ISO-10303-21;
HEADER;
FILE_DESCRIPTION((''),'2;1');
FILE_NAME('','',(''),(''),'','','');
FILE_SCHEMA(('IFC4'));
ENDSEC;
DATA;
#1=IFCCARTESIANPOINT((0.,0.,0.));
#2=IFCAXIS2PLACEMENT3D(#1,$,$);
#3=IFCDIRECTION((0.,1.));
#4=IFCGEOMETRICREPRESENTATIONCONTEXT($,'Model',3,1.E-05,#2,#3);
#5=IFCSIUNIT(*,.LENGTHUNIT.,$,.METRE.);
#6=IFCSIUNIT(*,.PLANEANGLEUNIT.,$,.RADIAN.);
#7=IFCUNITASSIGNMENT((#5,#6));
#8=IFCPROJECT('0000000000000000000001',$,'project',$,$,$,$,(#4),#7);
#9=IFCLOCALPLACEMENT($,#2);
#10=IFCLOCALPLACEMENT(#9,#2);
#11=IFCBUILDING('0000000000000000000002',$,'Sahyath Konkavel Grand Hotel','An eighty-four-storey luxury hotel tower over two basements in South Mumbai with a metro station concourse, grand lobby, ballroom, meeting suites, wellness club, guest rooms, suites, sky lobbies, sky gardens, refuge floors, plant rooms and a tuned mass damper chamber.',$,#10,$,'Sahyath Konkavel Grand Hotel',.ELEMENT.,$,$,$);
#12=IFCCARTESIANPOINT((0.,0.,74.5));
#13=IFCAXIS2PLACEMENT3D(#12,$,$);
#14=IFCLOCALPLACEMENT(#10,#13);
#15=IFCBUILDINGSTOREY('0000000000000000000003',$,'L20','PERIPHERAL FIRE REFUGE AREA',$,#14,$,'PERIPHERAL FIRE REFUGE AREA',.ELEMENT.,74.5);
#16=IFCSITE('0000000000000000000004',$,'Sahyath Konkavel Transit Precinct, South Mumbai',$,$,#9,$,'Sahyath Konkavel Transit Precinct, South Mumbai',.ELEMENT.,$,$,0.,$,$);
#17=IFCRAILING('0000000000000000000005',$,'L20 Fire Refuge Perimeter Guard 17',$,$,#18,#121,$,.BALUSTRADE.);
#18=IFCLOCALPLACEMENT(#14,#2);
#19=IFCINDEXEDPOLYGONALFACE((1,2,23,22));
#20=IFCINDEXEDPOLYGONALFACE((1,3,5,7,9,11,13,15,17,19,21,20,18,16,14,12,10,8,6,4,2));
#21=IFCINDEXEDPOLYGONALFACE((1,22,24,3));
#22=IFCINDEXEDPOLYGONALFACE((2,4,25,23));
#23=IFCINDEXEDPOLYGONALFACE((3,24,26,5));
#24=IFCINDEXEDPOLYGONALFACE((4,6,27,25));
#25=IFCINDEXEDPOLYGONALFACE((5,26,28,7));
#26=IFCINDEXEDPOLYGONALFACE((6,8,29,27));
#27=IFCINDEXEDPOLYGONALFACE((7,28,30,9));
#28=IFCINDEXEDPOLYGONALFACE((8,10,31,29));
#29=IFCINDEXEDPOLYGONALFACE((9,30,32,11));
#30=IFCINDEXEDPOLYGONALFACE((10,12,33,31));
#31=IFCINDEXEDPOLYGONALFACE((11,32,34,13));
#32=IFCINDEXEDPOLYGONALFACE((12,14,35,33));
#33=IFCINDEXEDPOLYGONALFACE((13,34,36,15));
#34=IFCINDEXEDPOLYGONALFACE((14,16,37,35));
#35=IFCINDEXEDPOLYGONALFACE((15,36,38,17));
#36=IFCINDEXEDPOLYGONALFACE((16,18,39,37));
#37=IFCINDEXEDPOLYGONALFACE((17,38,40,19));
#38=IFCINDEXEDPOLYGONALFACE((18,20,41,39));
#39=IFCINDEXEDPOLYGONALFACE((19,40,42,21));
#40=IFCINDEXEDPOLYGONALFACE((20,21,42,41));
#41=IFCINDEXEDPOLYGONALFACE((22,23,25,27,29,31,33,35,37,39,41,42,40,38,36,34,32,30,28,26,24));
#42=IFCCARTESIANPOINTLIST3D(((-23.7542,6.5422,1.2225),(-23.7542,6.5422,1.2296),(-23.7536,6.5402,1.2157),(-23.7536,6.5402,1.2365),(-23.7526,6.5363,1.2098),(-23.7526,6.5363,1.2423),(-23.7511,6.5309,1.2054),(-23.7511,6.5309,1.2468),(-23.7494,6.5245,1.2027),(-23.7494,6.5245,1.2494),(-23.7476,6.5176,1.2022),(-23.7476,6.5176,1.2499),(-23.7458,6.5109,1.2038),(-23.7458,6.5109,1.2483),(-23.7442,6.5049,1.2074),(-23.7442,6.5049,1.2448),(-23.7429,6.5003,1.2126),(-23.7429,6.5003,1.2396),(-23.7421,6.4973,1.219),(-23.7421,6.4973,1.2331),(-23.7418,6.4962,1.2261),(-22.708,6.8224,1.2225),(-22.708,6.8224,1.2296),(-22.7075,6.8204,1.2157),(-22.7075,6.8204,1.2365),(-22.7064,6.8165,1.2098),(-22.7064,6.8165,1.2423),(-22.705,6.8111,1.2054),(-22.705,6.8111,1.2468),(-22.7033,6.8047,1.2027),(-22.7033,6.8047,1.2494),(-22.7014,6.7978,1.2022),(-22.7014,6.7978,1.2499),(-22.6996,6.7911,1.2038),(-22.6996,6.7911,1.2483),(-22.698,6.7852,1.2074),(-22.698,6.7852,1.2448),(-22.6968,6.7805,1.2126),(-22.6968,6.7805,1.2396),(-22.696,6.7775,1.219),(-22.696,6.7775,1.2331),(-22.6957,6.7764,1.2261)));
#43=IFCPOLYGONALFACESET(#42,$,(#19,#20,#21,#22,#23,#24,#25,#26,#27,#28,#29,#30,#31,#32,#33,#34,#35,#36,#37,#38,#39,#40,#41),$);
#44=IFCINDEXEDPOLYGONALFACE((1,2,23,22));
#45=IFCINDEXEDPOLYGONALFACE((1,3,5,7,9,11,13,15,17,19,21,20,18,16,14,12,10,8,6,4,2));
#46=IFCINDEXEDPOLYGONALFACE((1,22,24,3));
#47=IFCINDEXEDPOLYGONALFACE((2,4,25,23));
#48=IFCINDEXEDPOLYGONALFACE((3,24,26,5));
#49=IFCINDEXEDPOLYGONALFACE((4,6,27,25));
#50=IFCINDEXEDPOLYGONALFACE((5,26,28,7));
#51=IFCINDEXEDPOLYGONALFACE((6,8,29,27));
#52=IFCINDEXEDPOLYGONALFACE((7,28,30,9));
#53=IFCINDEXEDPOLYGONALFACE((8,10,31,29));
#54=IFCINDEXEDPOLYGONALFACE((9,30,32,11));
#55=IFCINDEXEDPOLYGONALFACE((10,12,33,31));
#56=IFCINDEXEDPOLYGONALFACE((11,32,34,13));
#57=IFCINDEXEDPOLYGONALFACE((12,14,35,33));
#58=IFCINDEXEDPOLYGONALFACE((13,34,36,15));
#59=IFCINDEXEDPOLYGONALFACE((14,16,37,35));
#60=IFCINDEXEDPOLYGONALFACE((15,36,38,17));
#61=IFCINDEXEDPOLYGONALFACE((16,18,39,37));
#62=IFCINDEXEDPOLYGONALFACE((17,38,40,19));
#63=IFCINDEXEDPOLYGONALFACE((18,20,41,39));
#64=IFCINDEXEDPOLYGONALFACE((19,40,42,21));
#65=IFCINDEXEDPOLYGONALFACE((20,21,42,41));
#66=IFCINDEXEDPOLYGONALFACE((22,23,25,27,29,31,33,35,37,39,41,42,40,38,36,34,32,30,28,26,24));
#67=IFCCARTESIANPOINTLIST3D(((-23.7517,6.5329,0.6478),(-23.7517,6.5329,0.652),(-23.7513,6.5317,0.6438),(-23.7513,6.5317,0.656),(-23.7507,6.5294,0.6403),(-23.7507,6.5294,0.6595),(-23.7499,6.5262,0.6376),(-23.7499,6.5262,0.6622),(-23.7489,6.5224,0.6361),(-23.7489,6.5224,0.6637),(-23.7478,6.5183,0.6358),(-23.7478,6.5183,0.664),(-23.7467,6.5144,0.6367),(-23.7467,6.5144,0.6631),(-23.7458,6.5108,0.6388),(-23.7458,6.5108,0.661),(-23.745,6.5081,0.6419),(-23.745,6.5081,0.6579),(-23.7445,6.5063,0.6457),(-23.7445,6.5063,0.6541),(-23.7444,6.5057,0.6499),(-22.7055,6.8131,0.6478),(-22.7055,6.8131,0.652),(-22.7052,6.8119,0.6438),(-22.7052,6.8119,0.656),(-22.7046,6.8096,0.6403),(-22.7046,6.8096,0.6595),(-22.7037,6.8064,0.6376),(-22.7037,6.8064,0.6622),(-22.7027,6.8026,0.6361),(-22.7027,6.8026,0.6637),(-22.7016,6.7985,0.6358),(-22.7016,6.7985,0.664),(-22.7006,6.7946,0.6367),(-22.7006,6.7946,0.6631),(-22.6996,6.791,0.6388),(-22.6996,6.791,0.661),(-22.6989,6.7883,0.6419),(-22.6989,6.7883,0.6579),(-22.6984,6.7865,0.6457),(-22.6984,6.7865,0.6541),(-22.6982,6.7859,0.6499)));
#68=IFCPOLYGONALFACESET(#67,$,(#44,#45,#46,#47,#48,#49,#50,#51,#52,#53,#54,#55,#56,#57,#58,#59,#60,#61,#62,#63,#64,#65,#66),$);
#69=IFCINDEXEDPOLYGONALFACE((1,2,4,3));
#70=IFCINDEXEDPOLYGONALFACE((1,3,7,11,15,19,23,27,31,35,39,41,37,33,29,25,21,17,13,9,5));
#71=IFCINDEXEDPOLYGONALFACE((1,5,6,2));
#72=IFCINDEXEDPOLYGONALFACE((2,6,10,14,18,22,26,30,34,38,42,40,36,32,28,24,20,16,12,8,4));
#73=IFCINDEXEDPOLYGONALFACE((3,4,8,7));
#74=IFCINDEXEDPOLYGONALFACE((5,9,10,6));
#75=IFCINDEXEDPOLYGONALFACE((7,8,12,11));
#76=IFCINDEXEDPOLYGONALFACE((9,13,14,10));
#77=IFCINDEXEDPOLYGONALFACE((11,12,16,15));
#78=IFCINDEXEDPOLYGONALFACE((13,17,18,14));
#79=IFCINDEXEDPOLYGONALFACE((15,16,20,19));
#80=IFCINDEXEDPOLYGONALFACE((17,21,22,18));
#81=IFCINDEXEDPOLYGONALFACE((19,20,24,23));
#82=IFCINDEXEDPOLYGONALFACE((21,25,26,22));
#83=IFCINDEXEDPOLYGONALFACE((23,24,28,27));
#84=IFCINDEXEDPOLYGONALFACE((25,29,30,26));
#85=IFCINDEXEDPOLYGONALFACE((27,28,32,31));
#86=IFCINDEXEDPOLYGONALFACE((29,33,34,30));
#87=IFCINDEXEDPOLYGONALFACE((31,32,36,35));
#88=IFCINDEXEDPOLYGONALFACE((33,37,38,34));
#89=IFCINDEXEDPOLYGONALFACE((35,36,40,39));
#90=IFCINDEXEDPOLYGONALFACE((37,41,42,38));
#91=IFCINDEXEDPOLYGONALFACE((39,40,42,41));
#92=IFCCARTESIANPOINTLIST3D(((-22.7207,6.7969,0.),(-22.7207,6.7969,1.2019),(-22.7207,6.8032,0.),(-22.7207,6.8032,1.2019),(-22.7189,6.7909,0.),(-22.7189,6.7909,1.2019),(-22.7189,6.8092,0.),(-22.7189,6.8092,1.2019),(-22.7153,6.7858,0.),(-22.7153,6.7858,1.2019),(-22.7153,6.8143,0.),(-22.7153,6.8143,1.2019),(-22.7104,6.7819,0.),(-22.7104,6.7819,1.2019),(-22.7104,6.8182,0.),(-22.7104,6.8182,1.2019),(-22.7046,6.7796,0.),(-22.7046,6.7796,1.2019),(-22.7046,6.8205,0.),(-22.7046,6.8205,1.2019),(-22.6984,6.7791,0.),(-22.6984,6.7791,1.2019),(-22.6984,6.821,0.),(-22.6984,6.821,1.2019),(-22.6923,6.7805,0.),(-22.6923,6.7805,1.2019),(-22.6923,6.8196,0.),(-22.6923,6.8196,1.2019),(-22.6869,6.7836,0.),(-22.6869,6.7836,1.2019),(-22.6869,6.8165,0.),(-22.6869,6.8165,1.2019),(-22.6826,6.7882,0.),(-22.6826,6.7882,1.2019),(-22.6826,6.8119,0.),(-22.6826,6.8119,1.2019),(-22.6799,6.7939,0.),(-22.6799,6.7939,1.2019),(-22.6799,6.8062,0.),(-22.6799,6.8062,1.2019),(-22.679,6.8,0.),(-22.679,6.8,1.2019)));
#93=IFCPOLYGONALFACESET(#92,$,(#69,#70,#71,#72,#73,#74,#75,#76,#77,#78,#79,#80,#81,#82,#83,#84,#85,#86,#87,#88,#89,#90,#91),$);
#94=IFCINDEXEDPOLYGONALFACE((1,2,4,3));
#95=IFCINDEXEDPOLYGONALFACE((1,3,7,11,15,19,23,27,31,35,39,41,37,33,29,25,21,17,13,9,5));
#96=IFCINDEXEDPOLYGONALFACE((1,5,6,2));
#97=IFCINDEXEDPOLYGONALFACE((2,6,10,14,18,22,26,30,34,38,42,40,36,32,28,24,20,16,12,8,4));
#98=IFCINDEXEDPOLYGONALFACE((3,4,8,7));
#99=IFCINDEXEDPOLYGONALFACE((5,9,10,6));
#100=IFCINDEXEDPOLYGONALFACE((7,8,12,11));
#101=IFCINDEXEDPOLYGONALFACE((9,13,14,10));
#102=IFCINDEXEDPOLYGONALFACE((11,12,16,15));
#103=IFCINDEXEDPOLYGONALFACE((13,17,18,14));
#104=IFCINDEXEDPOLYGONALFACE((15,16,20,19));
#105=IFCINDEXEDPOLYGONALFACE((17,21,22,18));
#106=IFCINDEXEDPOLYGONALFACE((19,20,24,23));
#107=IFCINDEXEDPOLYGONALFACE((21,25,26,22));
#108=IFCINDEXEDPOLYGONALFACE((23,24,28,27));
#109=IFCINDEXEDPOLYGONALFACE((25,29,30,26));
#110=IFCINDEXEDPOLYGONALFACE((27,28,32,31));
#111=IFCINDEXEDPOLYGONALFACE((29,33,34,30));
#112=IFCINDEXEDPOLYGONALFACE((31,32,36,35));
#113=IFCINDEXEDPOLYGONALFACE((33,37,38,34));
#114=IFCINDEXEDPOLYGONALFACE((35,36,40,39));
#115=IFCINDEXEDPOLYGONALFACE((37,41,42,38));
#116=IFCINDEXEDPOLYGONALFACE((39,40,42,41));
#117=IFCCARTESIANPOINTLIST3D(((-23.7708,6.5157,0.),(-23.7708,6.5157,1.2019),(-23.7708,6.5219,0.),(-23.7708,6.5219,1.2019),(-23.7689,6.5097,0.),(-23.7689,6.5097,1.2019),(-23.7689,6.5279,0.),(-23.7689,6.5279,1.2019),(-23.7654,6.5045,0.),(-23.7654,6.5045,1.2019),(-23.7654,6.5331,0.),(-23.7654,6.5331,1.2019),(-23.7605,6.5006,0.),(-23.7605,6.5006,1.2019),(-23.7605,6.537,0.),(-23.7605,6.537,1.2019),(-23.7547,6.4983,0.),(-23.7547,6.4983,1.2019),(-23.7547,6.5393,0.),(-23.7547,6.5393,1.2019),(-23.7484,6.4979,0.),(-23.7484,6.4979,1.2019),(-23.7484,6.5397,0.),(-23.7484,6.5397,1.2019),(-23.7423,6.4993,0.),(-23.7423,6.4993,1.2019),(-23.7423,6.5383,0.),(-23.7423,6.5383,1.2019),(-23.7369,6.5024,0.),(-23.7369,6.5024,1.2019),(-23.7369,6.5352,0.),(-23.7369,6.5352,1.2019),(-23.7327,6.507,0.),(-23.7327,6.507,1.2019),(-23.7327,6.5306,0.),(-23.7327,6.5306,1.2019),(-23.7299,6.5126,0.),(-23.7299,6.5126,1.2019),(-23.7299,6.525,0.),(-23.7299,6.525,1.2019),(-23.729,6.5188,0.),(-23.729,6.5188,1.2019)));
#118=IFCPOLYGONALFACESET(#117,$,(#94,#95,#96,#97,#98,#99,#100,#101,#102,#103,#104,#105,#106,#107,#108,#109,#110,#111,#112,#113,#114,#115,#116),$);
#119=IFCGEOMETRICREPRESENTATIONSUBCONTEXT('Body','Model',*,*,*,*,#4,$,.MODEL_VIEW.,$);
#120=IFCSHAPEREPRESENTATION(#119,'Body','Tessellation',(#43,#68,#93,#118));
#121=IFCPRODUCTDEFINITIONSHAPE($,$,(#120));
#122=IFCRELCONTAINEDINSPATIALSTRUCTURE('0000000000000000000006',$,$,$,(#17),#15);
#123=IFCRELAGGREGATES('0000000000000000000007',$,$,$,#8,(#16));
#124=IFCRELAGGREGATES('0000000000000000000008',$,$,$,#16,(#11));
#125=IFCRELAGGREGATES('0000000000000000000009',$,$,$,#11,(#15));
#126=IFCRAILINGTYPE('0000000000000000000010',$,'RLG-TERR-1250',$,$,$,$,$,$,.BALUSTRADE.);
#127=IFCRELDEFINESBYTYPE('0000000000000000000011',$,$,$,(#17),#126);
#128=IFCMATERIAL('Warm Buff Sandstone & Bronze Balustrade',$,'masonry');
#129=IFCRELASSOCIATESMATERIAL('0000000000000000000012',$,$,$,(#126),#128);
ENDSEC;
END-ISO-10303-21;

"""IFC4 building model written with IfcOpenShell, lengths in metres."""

from ifc_helpers import new_model, si_unit, direction, frame, origin, origin_2d, place, context, subcontext, project, spatial, circle, extrude, material, type_object, element, save


model = new_model("IFC4")

# Units and contexts
model_context = context("Model", 3, precision=1e-05, world=origin(), true_north=direction((0.0, 1.0)))
body_context = subcontext(model_context, "Body", "Model", "MODEL_VIEW")
ifc_project = project(units=[si_unit("LENGTHUNIT", "METRE"), si_unit("PLANEANGLEUNIT", "RADIAN")], contexts=[model_context])

# Site, building, storey
site_placement = place(None, origin())
site = spatial("IfcSite", under=ifc_project, at=site_placement, Name="Sahyath Konkavel Transit Precinct, South Mumbai", LongName="Sahyath Konkavel Transit Precinct, South Mumbai", CompositionType="ELEMENT", RefElevation=0.0)
building_placement = place(site_placement, origin())
building = spatial("IfcBuilding", under=site, at=building_placement, Name="Sahyath Konkavel Grand Hotel", Description="An eighty-four-storey luxury hotel tower over two basements in South Mumbai with a metro station concourse, grand lobby, ballroom, meeting suites, wellness club, guest rooms, suites, sky lobbies, sky gardens, refuge floors, plant rooms and a tuned mass damper chamber.", LongName="Sahyath Konkavel Grand Hotel", CompositionType="ELEMENT")
storey_placement = place(building_placement, frame((0.0, 0.0, 74.5)))
storey = spatial("IfcBuildingStorey", under=building, at=storey_placement, Name="L20", Description="PERIPHERAL FIRE REFUGE AREA", LongName="PERIPHERAL FIRE REFUGE AREA", CompositionType="ELEMENT", Elevation=74.5)

# Railing
ifc_material_1 = material(Name="Warm Buff Sandstone & Bronze Balustrade", Category="masonry")
railing_type = type_object("IfcRailingType", Name="RLG-TERR-1250", PredefinedType="BALUSTRADE", material=ifc_material_1)
railing_1_placement = place(storey_placement, frame((-22.7, 6.8, 0.0)))
element("IfcRailing", 1, at=railing_1_placement, inside=storey, type_object=railing_type, Name="L20 Fire Refuge Perimeter Guard 17", PredefinedType="BALUSTRADE", context=body_context, shape_type="SweptSolid", body=[
    extrude(circle(Radius=0.0239, at=origin_2d()), frame((-0.002, -0.0005, 1.2261), z_axis=(-0.965951, -0.258725, 0.0), x_axis=(0.258725, -0.965951, 0.0)), (0.0, 0.0, 1.0), 1.083),
    extrude(circle(Radius=0.0142, at=origin_2d()), frame((-0.002, -0.0005, 0.6499), z_axis=(-0.965951, -0.258725, 0.0), x_axis=(0.258725, -0.965951, 0.0)), (0.0, 0.0, 1.0), 1.083),
    extrude(circle(Radius=0.021, at=origin_2d()), origin(), (0.0, 0.0, 1.0), 1.2019),
    extrude(circle(Radius=0.021, at=origin_2d()), frame((-1.05, -0.2812, 0.0)), (0.0, 0.0, 1.0), 1.2019),
])

save(model, "model.ifc")
